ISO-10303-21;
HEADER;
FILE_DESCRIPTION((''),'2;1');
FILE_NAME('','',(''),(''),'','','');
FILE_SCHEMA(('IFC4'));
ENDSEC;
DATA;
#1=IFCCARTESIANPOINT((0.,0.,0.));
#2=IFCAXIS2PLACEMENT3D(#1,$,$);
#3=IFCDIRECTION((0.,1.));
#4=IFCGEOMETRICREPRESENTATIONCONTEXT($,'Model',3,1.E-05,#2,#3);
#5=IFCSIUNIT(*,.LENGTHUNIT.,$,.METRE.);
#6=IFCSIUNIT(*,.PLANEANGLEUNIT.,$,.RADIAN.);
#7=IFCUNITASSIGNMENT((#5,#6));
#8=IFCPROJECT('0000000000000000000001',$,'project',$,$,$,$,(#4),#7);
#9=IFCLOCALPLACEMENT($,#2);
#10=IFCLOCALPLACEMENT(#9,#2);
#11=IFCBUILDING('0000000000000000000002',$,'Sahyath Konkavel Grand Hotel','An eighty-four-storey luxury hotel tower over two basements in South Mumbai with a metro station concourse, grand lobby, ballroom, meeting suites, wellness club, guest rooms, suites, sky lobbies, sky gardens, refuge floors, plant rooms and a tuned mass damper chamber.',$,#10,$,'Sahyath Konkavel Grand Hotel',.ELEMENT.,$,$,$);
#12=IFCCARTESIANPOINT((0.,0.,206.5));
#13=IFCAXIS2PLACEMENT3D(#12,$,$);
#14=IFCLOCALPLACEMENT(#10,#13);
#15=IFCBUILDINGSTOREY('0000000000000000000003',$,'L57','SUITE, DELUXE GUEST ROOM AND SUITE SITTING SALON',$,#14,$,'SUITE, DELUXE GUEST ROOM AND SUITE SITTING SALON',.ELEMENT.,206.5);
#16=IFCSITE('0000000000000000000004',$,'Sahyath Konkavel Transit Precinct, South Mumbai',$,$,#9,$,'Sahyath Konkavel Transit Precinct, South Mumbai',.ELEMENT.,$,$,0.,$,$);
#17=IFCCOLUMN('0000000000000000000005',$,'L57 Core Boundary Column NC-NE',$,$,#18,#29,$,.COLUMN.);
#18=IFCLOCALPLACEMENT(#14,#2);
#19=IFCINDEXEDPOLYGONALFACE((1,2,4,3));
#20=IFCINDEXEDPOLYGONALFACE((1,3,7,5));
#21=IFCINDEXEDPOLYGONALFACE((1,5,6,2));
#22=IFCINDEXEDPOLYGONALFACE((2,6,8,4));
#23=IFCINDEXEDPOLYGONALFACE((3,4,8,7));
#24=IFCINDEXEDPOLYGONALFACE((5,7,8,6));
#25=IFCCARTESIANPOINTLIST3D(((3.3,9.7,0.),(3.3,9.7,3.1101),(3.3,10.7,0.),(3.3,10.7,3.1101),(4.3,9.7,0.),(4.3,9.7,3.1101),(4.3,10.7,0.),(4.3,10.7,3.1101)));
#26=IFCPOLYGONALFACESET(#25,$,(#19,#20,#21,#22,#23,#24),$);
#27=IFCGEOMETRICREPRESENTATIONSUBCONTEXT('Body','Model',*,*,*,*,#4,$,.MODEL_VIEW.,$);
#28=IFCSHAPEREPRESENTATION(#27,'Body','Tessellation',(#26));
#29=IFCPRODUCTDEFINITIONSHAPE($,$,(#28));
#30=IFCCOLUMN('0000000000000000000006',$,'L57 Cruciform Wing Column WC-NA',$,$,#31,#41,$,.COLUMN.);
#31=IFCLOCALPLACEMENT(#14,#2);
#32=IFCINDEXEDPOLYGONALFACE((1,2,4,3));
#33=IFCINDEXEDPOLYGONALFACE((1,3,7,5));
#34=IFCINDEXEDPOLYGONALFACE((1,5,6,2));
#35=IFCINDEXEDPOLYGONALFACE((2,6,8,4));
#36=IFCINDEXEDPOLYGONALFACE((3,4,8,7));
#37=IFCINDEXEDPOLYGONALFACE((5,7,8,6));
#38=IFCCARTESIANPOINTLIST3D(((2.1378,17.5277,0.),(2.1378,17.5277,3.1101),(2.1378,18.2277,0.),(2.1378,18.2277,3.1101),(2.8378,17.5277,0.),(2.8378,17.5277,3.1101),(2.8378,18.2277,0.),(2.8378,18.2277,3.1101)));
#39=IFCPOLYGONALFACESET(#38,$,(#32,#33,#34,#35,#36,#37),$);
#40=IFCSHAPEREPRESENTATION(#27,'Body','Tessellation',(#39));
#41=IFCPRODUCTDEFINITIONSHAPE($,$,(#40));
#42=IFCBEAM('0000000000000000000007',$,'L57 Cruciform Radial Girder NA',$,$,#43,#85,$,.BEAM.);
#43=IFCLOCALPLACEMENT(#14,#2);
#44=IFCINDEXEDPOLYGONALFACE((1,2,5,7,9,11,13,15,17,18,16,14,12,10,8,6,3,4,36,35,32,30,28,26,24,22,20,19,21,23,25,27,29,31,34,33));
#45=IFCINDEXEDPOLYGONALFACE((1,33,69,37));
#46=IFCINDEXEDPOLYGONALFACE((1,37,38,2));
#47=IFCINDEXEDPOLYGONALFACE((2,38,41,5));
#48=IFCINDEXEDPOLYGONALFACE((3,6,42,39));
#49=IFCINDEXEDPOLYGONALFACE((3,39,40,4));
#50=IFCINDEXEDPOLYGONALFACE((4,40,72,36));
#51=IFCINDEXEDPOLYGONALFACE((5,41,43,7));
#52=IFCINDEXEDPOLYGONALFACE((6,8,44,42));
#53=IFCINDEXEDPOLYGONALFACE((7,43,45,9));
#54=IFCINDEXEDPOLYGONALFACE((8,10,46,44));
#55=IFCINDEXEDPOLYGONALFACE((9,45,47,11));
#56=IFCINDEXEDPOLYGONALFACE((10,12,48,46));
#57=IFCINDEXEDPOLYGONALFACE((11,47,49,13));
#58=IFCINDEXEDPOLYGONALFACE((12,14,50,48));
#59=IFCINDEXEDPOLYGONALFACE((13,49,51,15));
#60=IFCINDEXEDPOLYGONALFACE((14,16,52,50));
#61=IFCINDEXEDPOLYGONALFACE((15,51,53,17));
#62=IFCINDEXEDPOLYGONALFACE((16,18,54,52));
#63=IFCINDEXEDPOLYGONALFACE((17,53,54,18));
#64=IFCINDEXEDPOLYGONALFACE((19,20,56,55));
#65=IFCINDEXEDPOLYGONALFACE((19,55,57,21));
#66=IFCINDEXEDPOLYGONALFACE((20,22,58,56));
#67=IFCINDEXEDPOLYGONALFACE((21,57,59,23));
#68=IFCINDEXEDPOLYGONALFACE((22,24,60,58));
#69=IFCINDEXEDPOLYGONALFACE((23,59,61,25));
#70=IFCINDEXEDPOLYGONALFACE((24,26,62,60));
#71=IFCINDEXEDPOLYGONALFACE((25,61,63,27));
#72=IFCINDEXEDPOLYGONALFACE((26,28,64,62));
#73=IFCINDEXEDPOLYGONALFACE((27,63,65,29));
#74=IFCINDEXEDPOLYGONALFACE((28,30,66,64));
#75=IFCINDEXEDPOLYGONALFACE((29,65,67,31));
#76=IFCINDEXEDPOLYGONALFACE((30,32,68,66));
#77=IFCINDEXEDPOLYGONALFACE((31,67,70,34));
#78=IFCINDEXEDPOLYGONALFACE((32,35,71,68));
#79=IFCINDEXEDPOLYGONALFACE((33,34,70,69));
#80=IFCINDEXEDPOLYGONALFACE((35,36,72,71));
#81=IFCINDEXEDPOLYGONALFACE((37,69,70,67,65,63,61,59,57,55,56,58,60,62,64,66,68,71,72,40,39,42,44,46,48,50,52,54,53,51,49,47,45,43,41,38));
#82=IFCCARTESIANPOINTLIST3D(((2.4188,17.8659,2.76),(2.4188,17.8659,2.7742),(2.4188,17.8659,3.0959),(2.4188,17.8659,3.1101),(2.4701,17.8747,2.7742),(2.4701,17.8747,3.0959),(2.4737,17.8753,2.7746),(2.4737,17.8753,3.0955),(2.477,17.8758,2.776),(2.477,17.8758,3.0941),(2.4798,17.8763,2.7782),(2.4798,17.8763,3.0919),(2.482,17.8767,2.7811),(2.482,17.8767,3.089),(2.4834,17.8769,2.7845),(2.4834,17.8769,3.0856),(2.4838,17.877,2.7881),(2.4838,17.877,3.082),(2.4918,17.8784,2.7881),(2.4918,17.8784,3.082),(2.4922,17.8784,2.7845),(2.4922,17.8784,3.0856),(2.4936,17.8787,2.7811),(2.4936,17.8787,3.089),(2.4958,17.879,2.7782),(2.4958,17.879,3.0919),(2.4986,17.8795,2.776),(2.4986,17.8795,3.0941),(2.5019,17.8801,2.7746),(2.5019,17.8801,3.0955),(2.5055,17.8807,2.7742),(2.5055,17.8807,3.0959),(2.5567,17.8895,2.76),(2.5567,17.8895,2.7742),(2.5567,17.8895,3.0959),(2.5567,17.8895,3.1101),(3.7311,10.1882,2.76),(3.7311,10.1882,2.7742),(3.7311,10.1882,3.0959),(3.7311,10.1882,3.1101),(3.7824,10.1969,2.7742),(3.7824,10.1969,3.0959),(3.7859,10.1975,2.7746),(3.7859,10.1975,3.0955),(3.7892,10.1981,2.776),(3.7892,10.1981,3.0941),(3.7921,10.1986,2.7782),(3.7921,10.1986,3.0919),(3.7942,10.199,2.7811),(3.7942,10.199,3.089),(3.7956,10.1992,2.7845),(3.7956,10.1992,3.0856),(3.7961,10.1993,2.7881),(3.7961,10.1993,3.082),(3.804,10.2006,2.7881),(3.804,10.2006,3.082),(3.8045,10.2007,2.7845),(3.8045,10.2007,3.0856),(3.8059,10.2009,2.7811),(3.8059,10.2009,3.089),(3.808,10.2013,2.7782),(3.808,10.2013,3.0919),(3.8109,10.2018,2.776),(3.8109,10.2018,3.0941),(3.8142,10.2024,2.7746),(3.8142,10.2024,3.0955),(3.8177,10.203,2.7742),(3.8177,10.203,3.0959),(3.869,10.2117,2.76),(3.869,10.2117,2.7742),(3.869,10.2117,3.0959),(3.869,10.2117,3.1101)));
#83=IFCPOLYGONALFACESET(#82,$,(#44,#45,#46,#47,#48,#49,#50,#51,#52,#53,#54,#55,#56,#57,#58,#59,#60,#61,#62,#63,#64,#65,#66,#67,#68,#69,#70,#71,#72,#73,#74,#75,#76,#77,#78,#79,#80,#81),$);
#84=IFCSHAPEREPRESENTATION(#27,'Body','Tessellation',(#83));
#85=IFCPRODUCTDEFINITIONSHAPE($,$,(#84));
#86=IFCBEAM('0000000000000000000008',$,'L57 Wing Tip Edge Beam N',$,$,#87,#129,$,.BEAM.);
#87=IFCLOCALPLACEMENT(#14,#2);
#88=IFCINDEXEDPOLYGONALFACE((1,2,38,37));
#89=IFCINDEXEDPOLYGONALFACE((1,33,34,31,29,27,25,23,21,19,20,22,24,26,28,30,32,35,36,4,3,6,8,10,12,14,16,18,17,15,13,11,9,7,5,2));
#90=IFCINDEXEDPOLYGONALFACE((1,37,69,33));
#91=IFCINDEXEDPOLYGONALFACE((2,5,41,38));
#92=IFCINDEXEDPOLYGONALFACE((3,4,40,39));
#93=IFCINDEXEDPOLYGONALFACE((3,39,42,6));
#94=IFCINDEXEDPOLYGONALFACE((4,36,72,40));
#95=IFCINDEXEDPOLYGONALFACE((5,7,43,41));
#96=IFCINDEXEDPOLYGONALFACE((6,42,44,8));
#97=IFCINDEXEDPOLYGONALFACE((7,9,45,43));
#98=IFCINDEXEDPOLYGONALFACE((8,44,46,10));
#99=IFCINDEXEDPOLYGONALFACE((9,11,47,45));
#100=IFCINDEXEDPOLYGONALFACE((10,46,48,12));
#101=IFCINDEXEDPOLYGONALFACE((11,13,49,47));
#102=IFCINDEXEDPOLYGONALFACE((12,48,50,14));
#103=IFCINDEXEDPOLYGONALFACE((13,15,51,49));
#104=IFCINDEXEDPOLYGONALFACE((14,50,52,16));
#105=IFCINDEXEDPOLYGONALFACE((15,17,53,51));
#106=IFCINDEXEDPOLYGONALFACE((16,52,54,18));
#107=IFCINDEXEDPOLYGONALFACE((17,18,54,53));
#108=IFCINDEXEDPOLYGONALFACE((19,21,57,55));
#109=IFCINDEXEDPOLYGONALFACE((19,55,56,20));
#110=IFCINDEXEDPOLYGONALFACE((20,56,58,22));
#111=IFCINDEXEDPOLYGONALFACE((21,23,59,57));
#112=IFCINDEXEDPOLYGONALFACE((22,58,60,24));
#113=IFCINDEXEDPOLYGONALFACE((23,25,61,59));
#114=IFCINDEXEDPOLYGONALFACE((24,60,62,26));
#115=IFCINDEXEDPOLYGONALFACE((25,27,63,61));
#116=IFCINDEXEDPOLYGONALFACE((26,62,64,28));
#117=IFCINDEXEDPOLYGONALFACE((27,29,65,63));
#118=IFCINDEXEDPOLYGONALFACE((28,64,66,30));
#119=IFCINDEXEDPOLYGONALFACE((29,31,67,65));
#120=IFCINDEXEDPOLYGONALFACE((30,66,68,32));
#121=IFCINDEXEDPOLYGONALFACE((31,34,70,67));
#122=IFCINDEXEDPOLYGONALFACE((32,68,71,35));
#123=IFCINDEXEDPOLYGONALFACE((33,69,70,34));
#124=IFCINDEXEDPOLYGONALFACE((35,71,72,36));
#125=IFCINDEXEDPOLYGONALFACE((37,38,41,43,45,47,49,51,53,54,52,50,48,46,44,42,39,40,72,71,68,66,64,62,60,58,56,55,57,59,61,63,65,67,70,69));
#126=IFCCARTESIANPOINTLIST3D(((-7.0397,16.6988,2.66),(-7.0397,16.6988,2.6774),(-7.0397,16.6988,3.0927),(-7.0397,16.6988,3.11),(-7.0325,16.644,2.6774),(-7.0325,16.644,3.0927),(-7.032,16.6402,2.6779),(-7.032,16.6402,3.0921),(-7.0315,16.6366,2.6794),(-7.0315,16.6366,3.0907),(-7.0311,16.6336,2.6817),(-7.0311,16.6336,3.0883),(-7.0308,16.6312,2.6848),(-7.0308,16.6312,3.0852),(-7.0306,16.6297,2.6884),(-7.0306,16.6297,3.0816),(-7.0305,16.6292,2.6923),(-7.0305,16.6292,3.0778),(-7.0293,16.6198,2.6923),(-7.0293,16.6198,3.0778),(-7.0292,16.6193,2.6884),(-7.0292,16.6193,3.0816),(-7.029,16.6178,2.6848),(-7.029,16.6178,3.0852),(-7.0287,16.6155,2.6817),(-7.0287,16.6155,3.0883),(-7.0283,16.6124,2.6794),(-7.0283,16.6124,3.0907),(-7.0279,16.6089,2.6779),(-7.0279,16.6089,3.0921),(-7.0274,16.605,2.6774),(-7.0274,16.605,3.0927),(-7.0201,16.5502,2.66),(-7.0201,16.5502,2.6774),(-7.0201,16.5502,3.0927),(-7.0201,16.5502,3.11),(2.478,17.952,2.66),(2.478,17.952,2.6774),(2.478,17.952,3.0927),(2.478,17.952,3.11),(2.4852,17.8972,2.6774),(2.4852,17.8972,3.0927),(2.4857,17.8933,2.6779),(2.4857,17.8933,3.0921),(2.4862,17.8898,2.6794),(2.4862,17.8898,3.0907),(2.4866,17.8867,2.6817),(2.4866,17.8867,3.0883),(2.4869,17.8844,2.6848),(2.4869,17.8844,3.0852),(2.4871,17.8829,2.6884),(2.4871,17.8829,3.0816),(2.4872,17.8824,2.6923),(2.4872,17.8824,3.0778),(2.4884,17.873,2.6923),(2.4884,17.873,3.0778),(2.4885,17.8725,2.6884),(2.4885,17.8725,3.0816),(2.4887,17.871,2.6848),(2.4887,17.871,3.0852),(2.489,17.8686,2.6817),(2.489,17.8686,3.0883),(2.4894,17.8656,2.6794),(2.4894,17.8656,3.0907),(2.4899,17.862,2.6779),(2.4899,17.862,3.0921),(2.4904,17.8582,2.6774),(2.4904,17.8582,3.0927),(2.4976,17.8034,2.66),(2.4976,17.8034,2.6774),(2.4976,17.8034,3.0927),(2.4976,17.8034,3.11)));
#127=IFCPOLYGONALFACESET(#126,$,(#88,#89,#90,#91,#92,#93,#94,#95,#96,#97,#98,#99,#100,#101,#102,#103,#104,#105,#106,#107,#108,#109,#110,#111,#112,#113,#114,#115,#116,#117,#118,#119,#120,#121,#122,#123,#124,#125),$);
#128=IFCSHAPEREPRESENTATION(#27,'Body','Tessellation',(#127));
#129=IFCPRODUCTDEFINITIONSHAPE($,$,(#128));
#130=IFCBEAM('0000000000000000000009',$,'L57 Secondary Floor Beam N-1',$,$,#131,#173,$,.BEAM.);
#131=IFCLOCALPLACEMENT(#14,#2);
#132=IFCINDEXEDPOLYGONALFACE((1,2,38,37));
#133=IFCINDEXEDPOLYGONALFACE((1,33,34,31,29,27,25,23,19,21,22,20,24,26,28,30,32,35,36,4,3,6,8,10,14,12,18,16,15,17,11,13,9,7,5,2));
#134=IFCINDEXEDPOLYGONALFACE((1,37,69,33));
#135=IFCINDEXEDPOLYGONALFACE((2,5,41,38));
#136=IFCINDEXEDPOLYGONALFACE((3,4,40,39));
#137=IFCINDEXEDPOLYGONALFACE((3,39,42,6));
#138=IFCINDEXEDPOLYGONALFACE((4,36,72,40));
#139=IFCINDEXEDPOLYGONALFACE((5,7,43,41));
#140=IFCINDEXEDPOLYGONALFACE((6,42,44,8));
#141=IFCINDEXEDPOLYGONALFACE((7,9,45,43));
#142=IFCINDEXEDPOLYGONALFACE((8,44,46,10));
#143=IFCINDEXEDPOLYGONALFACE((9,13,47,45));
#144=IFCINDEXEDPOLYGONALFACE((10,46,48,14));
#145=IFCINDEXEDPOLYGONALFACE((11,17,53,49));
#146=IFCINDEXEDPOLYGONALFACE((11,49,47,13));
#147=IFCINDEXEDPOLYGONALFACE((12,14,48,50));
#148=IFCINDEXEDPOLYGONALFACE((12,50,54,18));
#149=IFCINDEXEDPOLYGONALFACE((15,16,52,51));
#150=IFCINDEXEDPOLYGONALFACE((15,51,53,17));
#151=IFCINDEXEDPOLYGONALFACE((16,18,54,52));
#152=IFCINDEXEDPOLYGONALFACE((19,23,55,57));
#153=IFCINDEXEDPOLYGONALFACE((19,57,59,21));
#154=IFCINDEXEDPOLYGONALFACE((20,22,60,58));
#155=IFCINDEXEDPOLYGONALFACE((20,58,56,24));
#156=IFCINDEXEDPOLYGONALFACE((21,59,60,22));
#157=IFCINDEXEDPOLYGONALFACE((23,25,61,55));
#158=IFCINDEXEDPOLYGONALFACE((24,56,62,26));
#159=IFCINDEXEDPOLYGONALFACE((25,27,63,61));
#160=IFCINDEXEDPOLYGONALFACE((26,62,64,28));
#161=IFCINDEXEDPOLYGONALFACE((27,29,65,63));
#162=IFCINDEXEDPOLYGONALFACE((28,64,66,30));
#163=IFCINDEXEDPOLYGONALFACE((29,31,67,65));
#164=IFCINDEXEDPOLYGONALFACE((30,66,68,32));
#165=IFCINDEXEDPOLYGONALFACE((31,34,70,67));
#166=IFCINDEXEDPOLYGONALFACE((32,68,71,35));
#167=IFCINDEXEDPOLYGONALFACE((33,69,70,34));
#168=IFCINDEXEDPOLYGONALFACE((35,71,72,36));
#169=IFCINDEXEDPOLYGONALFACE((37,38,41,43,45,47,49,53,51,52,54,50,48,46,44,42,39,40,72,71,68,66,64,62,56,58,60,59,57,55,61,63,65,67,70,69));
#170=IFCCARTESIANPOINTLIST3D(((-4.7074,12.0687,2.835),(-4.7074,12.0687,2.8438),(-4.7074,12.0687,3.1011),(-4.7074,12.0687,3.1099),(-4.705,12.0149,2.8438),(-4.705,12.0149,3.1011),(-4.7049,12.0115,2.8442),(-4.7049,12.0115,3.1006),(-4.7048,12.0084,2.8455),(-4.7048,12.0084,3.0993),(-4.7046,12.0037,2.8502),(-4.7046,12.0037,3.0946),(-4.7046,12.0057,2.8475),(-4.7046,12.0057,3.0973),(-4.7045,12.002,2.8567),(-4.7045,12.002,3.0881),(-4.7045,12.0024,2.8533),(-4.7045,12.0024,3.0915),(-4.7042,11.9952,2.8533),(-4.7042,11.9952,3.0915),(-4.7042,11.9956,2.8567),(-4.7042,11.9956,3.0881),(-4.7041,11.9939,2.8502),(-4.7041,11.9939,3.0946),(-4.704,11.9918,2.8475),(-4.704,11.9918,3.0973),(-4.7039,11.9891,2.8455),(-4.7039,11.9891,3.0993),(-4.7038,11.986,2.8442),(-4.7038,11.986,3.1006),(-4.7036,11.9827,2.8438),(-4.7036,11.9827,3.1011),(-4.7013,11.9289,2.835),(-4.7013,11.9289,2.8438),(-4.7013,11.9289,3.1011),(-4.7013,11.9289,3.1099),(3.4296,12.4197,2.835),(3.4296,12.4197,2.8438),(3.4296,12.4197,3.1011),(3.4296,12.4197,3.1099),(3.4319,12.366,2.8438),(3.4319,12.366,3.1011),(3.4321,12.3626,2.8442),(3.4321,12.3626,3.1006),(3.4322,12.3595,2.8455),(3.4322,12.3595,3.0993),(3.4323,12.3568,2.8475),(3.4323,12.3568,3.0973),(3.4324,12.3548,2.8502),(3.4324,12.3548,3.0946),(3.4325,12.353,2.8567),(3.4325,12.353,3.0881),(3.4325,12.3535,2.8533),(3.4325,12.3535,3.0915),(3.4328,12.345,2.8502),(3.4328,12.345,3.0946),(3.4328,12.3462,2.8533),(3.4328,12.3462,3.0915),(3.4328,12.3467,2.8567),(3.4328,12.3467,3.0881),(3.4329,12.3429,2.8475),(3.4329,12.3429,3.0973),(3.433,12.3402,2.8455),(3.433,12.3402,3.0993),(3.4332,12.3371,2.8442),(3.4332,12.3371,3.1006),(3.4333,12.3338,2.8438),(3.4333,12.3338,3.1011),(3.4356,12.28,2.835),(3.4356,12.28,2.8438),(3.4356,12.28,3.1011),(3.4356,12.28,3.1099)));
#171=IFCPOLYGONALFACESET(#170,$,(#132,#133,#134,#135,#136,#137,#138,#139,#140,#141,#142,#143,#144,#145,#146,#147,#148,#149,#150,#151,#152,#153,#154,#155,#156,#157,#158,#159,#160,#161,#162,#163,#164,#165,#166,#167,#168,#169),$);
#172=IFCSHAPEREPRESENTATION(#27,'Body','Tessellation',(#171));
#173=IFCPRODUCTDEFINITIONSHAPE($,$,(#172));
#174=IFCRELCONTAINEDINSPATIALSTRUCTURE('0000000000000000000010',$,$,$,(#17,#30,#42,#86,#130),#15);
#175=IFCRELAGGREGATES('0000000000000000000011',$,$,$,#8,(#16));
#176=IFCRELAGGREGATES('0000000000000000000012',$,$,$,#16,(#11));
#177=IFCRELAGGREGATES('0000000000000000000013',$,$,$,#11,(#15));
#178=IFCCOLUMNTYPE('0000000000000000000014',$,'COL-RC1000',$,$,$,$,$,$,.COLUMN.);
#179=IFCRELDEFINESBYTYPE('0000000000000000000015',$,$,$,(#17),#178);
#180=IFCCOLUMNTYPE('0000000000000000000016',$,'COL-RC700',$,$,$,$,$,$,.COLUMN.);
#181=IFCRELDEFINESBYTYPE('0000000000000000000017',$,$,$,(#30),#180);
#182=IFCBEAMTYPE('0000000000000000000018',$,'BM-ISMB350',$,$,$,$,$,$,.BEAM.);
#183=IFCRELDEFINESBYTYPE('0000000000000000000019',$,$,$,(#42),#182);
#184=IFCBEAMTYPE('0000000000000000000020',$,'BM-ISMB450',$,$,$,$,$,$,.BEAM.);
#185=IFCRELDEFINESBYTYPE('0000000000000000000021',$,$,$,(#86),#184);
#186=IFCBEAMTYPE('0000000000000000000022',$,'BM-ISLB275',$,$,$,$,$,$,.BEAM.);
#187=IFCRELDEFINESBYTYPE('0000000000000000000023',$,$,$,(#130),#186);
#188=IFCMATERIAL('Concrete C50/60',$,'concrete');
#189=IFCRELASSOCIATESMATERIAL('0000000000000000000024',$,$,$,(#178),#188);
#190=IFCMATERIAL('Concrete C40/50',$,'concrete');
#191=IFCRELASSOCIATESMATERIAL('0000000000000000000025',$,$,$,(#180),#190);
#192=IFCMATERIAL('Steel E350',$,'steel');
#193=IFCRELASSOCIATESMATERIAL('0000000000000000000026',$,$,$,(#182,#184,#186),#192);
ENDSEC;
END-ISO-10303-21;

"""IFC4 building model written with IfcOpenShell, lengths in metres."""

from ifc_helpers import new_model, si_unit, direction, frame, origin, origin_2d, place, context, subcontext, project, spatial, rectangle, i_section, extrude, source, transform, mapped, material, material_profile, profile_set, type_object, element, save


model = new_model("IFC4")

# Units and contexts
model_context = context("Model", 3, precision=1e-05, world=origin(), true_north=direction((0.0, 1.0)))
body_context = subcontext(model_context, "Body", "Model", "MODEL_VIEW")
ifc_project = project(units=[si_unit("LENGTHUNIT", "METRE"), si_unit("PLANEANGLEUNIT", "RADIAN")], contexts=[model_context])

# Site, building, storey
site_placement = place(None, origin())
site = spatial("IfcSite", under=ifc_project, at=site_placement, Name="Sahyath Konkavel Transit Precinct, South Mumbai", LongName="Sahyath Konkavel Transit Precinct, South Mumbai", CompositionType="ELEMENT", RefElevation=0.0)
building_placement = place(site_placement, origin())
building = spatial("IfcBuilding", under=site, at=building_placement, Name="Sahyath Konkavel Grand Hotel", Description="An eighty-four-storey luxury hotel tower over two basements in South Mumbai with a metro station concourse, grand lobby, ballroom, meeting suites, wellness club, guest rooms, suites, sky lobbies, sky gardens, refuge floors, plant rooms and a tuned mass damper chamber.", LongName="Sahyath Konkavel Grand Hotel", CompositionType="ELEMENT")
storey_placement = place(building_placement, frame((0.0, 0.0, 206.5)))
storey = spatial("IfcBuildingStorey", under=building, at=storey_placement, Name="L57", Description="SUITE, DELUXE GUEST ROOM AND SUITE SITTING SALON", LongName="SUITE, DELUXE GUEST ROOM AND SUITE SITTING SALON", CompositionType="ELEMENT", Elevation=206.5)

# Columns
ifc_material_1 = material(Name="Concrete C50/60", Category="concrete")
ifc_material_profile_1 = material_profile(ifc_material_1, rectangle(XDim=1.0, YDim=1.0, at=origin_2d()), Name="RC 1000x1000")
ifc_profile_set_1 = profile_set([ifc_material_profile_1], Name="Concrete C50/60")
column_type_1 = type_object("IfcColumnType", Name="COL-RC1000", PredefinedType="COLUMN", material=ifc_profile_set_1)
shared_shape_1 = source(origin(), body_context, "Body", "SweptSolid", [
    extrude(rectangle(XDim=1.0, YDim=1.0, at=origin_2d()), origin(), (0.0, 0.0, 1.0), 3.1101),
])
column_1_placement = place(storey_placement, frame((3.8, 10.2, 0.0), z_axis=(0.0, 0.0, 1.0), x_axis=(1.0, 0.0, 0.0)))
element("IfcColumn", 1, at=column_1_placement, inside=storey, type_object=column_type_1, Name="L57 Core Boundary Column NC-NE", PredefinedType="COLUMN", context=body_context, shape_type="MappedRepresentation", body=[
    mapped(shared_shape_1, transform((0.0, 0.0, 0.0), scale=1.0)),
])
ifc_material_2 = material(Name="Concrete C40/50", Category="concrete")
ifc_material_profile_2 = material_profile(ifc_material_2, rectangle(XDim=0.7, YDim=0.7, at=origin_2d()), Name="RC 700x700")
ifc_profile_set_2 = profile_set([ifc_material_profile_2], Name="Concrete C40/50")
column_type_2 = type_object("IfcColumnType", Name="COL-RC700", PredefinedType="COLUMN", material=ifc_profile_set_2)
shared_shape_2 = source(origin(), body_context, "Body", "SweptSolid", [
    extrude(rectangle(XDim=0.7, YDim=0.7, at=origin_2d()), origin(), (0.0, 0.0, 1.0), 3.1101),
])
column_2_placement = place(storey_placement, frame((2.4878, 17.8777, 0.0), z_axis=(0.0, 0.0, 1.0), x_axis=(1.0, 0.0, 0.0)))
element("IfcColumn", 2, at=column_2_placement, inside=storey, type_object=column_type_2, Name="L57 Cruciform Wing Column WC-NA", PredefinedType="COLUMN", context=body_context, shape_type="MappedRepresentation", body=[
    mapped(shared_shape_2, transform((0.0, 0.0, 0.0), scale=1.0)),
])

# Beams
ifc_material_3 = material(Name="Steel E350", Category="steel")
ifc_material_profile_3 = material_profile(ifc_material_3, i_section(OverallWidth=0.1399, OverallDepth=0.3501, WebThickness=0.0081, FlangeThickness=0.0142, FilletRadius=0.0139, at=origin_2d()), Name="ISMB 350")
ifc_profile_set_3 = profile_set([ifc_material_profile_3], Name="Steel E350")
beam_type_1 = type_object("IfcBeamType", Name="BM-ISMB350", PredefinedType="BEAM", material=ifc_profile_set_3)
shared_shape_3 = source(origin(), body_context, "Body", "SweptSolid", [
    extrude(i_section(OverallWidth=0.1399, OverallDepth=0.3501, WebThickness=0.0081, FlangeThickness=0.0142, FilletRadius=0.0139, at=origin_2d()), origin(), (0.0, 0.0, 1.0), 7.7891),
])
beam_1_placement = place(storey_placement, frame((3.8, 10.2, 2.9351), z_axis=(-0.168474, 0.985706, 0.0), x_axis=(-0.985706, -0.168474, 0.0)))
element("IfcBeam", 3, at=beam_1_placement, inside=storey, type_object=beam_type_1, Name="L57 Cruciform Radial Girder NA", PredefinedType="BEAM", context=body_context, shape_type="MappedRepresentation", body=[
    mapped(shared_shape_3, transform((0.0, 0.0, 0.0), scale=1.0)),
])
ifc_material_profile_4 = material_profile(ifc_material_3, i_section(OverallWidth=0.1499, OverallDepth=0.45, WebThickness=0.0095, FlangeThickness=0.0173, FilletRadius=0.0149, at=origin_2d()), Name="ISMB 450")
ifc_profile_set_4 = profile_set([ifc_material_profile_4], Name="Steel E350")
beam_type_2 = type_object("IfcBeamType", Name="BM-ISMB450", PredefinedType="BEAM", material=ifc_profile_set_4)
shared_shape_4 = source(origin(), body_context, "Body", "SweptSolid", [
    extrude(i_section(OverallWidth=0.1499, OverallDepth=0.45, WebThickness=0.0095, FlangeThickness=0.0173, FilletRadius=0.0149, at=origin_2d()), origin(), (0.0, 0.0, 1.0), 9.5999),
])
beam_2_placement = place(storey_placement, frame((2.4878, 17.8777, 2.885), z_axis=(-0.991443, -0.130539, 0.0), x_axis=(0.130539, -0.991443, 0.0)))
element("IfcBeam", 4, at=beam_2_placement, inside=storey, type_object=beam_type_2, Name="L57 Wing Tip Edge Beam N", PredefinedType="BEAM", context=body_context, shape_type="MappedRepresentation", body=[
    mapped(shared_shape_4, transform((0.0, 0.0, 0.0), scale=1.0)),
])
ifc_material_profile_5 = material_profile(ifc_material_3, i_section(OverallWidth=0.1399, OverallDepth=0.2749, WebThickness=0.0063, FlangeThickness=0.0088, FilletRadius=0.0129, at=origin_2d()), Name="ISLB 275")
ifc_profile_set_5 = profile_set([ifc_material_profile_5], Name="Steel E350")
beam_type_3 = type_object("IfcBeamType", Name="BM-ISLB275", PredefinedType="BEAM", material=ifc_profile_set_5)
shared_shape_5 = source(origin(), body_context, "Body", "SweptSolid", [
    extrude(i_section(OverallWidth=0.1399, OverallDepth=0.2749, WebThickness=0.0063, FlangeThickness=0.0088, FilletRadius=0.0129, at=origin_2d()), origin(), (0.0, 0.0, 1.0), 8.1445),
])
beam_3_placement = place(storey_placement, frame((3.4326, 12.3499, 2.9724), z_axis=(-0.999071, -0.043106, 0.0), x_axis=(0.043106, -0.999071, 0.0)))
element("IfcBeam", 5, at=beam_3_placement, inside=storey, type_object=beam_type_3, Name="L57 Secondary Floor Beam N-1", PredefinedType="BEAM", context=body_context, shape_type="MappedRepresentation", body=[
    mapped(shared_shape_5, transform((0.0, 0.0, 0.0), scale=1.0)),
])

save(model, "model.ifc")
